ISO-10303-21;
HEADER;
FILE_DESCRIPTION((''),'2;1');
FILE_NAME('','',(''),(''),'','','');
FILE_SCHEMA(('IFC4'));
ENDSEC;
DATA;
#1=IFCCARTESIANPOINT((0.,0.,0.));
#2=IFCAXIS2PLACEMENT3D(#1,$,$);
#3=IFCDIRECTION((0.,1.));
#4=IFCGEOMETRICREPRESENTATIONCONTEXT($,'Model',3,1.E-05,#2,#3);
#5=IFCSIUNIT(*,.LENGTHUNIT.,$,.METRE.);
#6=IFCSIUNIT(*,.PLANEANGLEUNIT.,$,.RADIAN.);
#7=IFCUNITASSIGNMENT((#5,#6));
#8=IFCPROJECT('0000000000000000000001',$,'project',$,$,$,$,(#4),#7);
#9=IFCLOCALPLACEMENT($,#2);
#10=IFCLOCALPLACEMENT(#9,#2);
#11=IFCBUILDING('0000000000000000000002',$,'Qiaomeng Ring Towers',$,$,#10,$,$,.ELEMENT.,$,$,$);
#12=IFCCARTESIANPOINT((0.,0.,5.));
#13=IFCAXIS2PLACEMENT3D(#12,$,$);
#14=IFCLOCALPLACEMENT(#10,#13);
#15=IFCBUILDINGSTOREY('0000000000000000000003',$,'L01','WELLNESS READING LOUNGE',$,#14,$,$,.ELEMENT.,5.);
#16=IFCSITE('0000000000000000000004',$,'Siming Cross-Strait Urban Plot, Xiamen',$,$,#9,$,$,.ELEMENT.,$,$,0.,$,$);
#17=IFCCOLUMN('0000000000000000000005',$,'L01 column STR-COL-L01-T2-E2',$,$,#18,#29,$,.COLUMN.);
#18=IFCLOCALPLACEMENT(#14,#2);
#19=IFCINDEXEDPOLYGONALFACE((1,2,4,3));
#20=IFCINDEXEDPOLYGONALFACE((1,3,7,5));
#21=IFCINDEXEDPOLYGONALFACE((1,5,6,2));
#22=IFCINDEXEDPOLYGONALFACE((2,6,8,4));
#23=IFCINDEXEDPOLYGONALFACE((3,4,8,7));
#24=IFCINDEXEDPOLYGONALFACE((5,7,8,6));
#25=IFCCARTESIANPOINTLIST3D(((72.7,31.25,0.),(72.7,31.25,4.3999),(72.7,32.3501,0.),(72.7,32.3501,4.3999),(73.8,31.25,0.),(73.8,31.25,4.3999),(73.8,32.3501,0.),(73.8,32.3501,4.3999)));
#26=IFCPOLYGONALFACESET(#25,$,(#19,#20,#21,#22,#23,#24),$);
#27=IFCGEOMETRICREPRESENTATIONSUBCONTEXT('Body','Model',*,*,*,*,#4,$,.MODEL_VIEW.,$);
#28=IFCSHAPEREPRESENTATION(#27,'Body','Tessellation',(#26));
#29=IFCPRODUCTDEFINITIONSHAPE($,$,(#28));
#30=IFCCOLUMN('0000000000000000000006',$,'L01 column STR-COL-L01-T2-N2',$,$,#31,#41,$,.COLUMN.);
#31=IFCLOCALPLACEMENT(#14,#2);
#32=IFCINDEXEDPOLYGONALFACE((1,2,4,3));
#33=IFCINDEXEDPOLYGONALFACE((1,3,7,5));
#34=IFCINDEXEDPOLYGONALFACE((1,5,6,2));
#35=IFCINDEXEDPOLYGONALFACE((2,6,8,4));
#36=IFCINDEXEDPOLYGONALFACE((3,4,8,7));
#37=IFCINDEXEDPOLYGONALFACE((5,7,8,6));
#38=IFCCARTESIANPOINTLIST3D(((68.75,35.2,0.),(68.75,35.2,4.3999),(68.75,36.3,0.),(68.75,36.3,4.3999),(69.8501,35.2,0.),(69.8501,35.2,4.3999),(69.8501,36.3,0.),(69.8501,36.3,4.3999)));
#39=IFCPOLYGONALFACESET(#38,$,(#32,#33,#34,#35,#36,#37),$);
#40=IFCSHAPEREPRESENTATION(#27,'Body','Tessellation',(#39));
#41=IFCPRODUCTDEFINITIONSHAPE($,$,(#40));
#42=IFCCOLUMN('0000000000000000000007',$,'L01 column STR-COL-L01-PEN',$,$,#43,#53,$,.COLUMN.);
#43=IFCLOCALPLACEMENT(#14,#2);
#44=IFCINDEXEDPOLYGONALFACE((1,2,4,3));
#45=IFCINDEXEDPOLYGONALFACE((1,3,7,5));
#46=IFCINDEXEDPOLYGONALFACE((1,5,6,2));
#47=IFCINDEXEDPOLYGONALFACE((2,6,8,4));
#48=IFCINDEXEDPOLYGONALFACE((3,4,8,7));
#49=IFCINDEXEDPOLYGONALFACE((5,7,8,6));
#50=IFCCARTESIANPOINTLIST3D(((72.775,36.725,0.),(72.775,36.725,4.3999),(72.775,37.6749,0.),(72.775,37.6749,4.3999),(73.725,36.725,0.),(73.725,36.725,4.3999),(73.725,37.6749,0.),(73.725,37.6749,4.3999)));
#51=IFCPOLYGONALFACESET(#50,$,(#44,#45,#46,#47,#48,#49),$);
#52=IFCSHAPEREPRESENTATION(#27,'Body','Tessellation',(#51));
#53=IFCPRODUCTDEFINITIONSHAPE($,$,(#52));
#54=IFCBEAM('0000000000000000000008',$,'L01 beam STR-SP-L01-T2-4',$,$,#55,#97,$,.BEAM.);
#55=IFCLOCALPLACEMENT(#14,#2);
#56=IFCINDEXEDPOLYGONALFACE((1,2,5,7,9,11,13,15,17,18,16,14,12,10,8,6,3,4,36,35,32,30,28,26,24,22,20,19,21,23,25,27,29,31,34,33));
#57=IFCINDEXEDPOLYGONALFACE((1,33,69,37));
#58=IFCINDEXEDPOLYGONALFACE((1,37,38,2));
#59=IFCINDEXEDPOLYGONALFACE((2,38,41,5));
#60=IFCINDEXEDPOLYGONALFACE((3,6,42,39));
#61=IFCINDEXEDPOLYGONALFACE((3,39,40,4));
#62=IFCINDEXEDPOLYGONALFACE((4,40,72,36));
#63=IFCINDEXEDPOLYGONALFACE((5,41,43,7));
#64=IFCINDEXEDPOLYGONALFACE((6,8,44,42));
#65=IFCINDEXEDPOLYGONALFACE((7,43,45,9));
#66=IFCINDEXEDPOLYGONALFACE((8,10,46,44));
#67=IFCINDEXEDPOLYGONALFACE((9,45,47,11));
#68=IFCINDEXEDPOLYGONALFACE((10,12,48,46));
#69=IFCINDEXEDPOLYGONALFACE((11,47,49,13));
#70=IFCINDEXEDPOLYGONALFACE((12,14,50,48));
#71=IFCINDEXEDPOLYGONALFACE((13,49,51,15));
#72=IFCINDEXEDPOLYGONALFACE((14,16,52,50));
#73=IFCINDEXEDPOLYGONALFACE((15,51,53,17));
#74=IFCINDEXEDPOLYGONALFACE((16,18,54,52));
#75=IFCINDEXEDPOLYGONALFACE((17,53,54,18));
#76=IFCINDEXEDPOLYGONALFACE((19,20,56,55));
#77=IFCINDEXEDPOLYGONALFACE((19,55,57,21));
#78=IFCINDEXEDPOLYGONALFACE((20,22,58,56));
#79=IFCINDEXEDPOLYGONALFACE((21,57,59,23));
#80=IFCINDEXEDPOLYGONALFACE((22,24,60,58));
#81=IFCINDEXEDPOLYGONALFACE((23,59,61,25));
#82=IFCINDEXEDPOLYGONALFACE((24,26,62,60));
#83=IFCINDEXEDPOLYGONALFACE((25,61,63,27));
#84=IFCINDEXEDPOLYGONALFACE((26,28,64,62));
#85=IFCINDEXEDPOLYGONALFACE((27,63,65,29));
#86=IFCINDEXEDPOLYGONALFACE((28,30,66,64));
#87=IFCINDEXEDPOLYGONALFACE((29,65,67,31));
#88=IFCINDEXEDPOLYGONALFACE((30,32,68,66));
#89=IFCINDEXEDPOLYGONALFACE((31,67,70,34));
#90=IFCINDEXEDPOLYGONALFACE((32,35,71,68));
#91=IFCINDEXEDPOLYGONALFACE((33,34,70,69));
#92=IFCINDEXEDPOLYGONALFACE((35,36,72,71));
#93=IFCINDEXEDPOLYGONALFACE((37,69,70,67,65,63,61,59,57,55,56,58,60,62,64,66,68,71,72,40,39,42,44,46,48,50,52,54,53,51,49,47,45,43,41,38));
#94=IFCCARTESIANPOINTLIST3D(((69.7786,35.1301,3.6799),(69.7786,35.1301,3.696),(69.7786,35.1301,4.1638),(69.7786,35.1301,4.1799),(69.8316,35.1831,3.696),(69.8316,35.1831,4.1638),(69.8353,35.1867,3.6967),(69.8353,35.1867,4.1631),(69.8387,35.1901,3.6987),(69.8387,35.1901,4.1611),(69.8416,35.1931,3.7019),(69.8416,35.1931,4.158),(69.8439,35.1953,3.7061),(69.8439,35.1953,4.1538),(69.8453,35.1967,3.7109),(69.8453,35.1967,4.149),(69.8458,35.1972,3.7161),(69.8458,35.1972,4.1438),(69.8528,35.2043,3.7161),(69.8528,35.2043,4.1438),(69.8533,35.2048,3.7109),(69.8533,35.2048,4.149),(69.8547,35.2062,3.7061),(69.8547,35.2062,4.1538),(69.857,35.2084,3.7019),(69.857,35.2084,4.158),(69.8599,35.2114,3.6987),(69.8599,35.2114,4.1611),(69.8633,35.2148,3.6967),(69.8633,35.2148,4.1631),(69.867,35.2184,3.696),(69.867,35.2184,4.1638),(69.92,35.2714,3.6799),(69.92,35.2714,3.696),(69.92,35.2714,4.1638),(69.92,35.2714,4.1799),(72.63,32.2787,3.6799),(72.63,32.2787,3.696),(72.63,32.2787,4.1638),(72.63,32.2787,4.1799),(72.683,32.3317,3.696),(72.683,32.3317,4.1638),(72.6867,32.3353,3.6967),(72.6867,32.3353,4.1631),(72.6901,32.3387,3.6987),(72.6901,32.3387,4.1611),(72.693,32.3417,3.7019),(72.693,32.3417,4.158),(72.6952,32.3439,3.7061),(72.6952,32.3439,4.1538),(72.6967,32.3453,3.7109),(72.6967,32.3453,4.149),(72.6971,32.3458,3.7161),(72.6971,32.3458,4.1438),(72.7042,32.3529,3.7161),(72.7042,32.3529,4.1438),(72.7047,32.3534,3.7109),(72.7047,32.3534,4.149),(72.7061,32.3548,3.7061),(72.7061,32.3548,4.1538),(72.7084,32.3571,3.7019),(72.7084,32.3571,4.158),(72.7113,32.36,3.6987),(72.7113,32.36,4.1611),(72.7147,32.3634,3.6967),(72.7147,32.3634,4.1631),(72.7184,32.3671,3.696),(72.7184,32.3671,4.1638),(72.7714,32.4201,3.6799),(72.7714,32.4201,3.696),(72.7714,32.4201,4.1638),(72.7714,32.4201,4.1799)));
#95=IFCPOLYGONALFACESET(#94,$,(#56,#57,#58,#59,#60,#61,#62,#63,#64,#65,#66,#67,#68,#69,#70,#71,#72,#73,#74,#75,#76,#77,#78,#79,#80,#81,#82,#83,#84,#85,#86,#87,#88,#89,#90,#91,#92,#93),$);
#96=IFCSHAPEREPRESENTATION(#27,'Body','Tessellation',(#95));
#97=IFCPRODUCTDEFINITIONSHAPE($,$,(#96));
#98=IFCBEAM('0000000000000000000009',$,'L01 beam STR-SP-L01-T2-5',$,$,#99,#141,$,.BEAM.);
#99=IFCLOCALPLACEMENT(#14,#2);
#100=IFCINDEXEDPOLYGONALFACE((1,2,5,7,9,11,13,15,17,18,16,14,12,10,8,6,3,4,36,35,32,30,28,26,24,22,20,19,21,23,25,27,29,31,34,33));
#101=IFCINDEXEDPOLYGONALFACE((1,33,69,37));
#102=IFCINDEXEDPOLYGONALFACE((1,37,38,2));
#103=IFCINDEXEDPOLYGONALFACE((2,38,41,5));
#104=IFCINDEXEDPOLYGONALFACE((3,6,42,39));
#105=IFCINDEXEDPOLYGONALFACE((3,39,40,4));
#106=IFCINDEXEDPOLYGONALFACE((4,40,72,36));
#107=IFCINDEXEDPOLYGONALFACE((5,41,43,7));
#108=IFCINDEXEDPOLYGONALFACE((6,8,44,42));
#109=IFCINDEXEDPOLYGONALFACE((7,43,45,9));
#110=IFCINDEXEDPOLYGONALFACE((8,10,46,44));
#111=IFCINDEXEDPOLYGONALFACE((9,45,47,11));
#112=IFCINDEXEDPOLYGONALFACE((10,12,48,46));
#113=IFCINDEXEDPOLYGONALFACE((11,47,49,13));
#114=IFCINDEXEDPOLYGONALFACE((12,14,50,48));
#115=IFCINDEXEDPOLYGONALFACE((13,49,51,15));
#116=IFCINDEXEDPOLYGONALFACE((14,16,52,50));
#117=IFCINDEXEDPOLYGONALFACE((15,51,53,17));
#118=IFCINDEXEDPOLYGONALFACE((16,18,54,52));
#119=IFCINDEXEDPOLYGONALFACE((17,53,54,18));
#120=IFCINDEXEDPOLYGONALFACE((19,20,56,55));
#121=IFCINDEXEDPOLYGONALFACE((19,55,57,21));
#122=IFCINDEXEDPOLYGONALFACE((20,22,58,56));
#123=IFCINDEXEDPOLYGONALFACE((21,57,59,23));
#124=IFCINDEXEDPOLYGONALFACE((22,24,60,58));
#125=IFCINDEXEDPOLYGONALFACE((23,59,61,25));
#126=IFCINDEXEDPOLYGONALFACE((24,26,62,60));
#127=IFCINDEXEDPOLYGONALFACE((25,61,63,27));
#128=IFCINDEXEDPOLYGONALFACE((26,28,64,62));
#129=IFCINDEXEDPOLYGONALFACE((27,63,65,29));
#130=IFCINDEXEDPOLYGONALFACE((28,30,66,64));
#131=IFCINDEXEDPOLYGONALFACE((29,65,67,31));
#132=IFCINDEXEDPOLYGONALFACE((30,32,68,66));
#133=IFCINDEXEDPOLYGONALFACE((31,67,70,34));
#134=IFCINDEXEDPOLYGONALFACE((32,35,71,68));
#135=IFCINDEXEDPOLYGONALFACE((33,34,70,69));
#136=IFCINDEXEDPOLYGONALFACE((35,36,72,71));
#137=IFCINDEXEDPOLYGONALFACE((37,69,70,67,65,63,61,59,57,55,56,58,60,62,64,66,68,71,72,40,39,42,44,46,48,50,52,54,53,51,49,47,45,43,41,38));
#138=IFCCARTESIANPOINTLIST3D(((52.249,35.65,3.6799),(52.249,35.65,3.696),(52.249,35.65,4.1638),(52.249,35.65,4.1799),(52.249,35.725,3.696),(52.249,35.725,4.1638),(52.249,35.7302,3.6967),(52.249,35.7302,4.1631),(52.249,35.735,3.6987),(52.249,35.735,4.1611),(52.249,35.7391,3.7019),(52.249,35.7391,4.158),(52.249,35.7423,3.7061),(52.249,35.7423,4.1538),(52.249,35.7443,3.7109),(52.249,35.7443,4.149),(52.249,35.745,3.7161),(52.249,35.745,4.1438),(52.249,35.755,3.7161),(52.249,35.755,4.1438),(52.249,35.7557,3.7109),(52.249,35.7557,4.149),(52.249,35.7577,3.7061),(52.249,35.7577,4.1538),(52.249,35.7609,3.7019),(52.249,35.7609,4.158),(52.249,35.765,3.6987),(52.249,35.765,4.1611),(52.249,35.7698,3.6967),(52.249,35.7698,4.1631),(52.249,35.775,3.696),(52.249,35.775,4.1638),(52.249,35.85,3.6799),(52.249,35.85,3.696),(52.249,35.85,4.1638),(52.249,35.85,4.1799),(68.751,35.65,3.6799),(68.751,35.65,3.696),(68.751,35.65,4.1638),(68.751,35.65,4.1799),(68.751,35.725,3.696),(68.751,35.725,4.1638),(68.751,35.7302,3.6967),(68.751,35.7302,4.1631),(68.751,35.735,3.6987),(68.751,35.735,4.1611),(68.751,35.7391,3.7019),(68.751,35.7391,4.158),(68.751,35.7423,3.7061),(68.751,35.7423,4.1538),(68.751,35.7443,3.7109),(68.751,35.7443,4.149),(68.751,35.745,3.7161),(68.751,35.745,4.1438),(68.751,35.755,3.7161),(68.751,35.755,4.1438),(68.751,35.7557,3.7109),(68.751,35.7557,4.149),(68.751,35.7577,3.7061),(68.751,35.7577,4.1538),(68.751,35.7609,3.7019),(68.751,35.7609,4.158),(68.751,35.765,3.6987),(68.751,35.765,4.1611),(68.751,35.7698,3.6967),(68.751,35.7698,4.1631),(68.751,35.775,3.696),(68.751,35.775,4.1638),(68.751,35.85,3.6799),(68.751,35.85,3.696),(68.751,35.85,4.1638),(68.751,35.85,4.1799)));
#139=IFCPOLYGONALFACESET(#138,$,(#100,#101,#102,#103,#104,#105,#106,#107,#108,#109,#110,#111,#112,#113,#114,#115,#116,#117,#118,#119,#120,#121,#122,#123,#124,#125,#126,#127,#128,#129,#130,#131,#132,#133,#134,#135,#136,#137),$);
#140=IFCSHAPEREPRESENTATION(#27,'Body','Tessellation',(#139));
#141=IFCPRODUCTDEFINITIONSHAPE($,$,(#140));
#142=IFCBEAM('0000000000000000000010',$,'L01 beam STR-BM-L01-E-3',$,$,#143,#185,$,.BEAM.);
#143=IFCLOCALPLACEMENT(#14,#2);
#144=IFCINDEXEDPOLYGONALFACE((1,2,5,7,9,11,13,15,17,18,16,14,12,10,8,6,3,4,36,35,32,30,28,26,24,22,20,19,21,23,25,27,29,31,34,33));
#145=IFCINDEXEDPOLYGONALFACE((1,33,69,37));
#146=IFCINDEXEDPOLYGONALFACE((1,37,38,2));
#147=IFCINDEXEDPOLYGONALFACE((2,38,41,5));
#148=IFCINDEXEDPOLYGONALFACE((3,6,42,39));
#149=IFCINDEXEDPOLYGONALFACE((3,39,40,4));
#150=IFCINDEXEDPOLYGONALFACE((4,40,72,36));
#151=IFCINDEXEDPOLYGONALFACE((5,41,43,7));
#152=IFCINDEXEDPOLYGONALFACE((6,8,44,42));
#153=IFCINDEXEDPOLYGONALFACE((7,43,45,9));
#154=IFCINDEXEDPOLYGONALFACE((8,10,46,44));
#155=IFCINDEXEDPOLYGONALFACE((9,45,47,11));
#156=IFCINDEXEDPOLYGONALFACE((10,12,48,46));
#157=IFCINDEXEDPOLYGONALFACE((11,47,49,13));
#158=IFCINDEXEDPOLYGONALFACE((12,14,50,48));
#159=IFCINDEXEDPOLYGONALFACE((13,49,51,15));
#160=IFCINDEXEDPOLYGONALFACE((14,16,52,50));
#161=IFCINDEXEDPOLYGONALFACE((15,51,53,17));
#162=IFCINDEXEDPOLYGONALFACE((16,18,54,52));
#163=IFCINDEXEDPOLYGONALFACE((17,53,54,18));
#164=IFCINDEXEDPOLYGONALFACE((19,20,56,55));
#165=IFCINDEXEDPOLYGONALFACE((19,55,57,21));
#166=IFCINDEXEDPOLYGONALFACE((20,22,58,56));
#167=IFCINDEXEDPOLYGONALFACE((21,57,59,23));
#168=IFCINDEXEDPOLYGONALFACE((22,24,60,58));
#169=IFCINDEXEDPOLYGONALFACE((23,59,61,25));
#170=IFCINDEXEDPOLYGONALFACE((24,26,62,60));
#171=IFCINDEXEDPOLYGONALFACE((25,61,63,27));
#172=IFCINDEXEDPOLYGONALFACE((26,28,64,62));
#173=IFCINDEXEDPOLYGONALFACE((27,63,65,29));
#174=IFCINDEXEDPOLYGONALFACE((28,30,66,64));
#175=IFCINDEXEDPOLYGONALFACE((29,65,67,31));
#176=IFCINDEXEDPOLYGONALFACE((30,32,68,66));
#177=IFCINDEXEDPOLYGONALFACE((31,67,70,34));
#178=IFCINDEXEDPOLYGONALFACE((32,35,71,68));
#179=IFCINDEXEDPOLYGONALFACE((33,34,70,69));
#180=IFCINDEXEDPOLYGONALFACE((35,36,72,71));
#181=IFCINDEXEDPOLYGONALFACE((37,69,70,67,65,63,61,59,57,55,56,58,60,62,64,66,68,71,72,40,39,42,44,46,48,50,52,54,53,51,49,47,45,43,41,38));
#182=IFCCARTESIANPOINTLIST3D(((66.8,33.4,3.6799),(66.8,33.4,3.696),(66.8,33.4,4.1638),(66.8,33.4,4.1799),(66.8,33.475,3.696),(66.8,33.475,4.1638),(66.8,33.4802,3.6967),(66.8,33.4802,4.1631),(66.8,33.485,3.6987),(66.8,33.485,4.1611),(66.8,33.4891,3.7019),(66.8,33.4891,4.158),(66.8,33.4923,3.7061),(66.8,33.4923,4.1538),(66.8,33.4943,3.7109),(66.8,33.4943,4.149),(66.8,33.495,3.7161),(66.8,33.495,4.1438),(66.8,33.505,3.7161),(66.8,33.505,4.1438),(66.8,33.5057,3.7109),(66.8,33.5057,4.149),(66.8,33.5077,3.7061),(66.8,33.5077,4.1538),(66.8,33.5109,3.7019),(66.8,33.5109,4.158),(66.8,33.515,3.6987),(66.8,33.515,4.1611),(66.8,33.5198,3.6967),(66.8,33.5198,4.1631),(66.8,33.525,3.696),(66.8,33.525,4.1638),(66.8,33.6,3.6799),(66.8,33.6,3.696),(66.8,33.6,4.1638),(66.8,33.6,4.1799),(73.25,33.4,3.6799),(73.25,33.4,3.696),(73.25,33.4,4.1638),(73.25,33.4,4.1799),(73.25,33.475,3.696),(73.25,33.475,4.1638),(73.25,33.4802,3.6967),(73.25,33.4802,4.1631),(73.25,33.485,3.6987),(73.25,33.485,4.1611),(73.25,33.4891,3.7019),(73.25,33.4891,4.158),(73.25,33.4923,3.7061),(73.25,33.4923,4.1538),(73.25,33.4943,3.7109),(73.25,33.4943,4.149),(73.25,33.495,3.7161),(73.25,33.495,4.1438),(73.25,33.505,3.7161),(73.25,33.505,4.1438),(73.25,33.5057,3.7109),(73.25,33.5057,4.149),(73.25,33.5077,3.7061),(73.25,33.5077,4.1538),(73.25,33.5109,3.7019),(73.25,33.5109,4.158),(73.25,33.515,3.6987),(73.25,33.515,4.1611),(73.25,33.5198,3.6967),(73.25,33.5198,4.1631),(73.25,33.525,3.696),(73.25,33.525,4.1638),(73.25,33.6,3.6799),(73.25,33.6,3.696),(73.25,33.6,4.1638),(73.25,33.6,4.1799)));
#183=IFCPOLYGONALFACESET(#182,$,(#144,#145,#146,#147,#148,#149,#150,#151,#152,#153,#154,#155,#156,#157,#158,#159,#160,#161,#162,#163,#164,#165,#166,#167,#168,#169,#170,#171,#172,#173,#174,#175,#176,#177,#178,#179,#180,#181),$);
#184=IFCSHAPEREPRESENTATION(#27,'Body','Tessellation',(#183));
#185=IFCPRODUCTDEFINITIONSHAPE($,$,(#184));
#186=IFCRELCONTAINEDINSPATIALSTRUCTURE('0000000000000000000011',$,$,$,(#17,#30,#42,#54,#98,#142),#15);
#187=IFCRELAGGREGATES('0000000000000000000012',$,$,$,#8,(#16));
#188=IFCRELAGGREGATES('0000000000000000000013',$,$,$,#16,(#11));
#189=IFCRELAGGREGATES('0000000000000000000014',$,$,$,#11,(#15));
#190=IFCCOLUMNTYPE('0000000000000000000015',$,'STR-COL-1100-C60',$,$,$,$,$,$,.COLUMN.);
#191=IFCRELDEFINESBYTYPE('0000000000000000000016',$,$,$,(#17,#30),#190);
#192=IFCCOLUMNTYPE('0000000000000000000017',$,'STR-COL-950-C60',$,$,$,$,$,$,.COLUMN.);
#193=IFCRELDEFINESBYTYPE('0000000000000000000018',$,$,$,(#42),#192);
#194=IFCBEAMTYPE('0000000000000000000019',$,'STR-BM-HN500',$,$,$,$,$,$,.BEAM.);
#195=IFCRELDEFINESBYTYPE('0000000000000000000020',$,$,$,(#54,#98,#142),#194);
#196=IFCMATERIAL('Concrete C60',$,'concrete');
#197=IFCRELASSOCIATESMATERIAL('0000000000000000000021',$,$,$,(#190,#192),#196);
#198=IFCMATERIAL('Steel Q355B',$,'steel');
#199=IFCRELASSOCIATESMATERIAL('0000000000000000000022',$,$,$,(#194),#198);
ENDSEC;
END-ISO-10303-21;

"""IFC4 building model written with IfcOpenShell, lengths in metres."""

from ifc_helpers import new_model, si_unit, direction, frame, origin, origin_2d, place, context, subcontext, project, spatial, rectangle, i_section, extrude, source, transform, mapped, material, material_profile, profile_set, type_object, element, save


model = new_model("IFC4")

# Units and contexts
model_context = context("Model", 3, precision=1e-05, world=origin(), true_north=direction((0.0, 1.0)))
body_context = subcontext(model_context, "Body", "Model", "MODEL_VIEW")
ifc_project = project(units=[si_unit("LENGTHUNIT", "METRE"), si_unit("PLANEANGLEUNIT", "RADIAN")], contexts=[model_context])

# Site, building, storey
site_placement = place(None, origin())
site = spatial("IfcSite", under=ifc_project, at=site_placement, Name="Siming Cross-Strait Urban Plot, Xiamen", CompositionType="ELEMENT", RefElevation=0.0)
building_placement = place(site_placement, origin())
building = spatial("IfcBuilding", under=site, at=building_placement, Name="Qiaomeng Ring Towers", CompositionType="ELEMENT")
storey_placement = place(building_placement, frame((0.0, 0.0, 5.0)))
storey = spatial("IfcBuildingStorey", under=building, at=storey_placement, Name="L01", Description="WELLNESS READING LOUNGE", CompositionType="ELEMENT", Elevation=5.0)

# Columns
ifc_material_1 = material(Name="Concrete C60", Category="concrete")
ifc_material_profile_1 = material_profile(ifc_material_1, rectangle(XDim=1.1001, YDim=1.1001, at=origin_2d()), Name="RC COL 1100x1100")
ifc_profile_set_1 = profile_set([ifc_material_profile_1], Name="Concrete C60")
column_type_1 = type_object("IfcColumnType", Name="STR-COL-1100-C60", PredefinedType="COLUMN", material=ifc_profile_set_1)
shared_shape_1 = source(origin(), body_context, "Body", "SweptSolid", [
    extrude(rectangle(XDim=1.1001, YDim=1.1001, at=origin_2d()), origin(), (0.0, 0.0, 1.0), 4.3999),
])
for number, where, z_axis, x_axis, name in (
    (1, (73.25, 31.8, 0.0), (0.0, 0.0, 1.0), (1.0, 0.0, 0.0), "L01 column STR-COL-L01-T2-E2"),
    (2, (69.3, 35.75, 0.0), (0.0, 0.0, 1.0), (1.0, 0.0, 0.0), "L01 column STR-COL-L01-T2-N2"),
):
    element("IfcColumn", number, at=place(storey_placement, frame(where, z_axis=z_axis, x_axis=x_axis)), inside=storey, type_object=column_type_1, Name=name, PredefinedType="COLUMN", context=body_context, shape_type="MappedRepresentation", body=[
        mapped(shared_shape_1, transform((0.0, 0.0, 0.0), x_axis=(1.0, 0.0, 0.0), y_axis=(0.0, 1.0, 0.0), z_axis=(0.0, 0.0, 1.0), scale=1.0)),
    ])
ifc_material_profile_2 = material_profile(ifc_material_1, rectangle(XDim=0.95, YDim=0.95, at=origin_2d()), Name="RC COL 950x950")
ifc_profile_set_2 = profile_set([ifc_material_profile_2], Name="Concrete C60")
column_type_2 = type_object("IfcColumnType", Name="STR-COL-950-C60", PredefinedType="COLUMN", material=ifc_profile_set_2)
shared_shape_2 = source(origin(), body_context, "Body", "SweptSolid", [
    extrude(rectangle(XDim=0.95, YDim=0.95, at=origin_2d()), origin(), (0.0, 0.0, 1.0), 4.3999),
])
column_placement = place(storey_placement, frame((73.25, 37.2, 0.0), z_axis=(0.0, 0.0, 1.0), x_axis=(1.0, 0.0, 0.0)))
element("IfcColumn", 3, at=column_placement, inside=storey, type_object=column_type_2, Name="L01 column STR-COL-L01-PEN", PredefinedType="COLUMN", context=body_context, shape_type="MappedRepresentation", body=[
    mapped(shared_shape_2, transform((0.0, 0.0, 0.0), x_axis=(1.0, 0.0, 0.0), y_axis=(0.0, 1.0, 0.0), z_axis=(0.0, 0.0, 1.0), scale=1.0)),
])

# Beams
ifc_material_2 = material(Name="Steel Q355B", Category="steel")
ifc_material_profile_3 = material_profile(ifc_material_2, i_section(OverallWidth=0.2, OverallDepth=0.5, WebThickness=0.01, FlangeThickness=0.0161, FilletRadius=0.02, at=origin_2d()), Name="HN 500x200x10x16")
ifc_profile_set_3 = profile_set([ifc_material_profile_3], Name="Steel Q355B")
beam_type = type_object("IfcBeamType", Name="STR-BM-HN500", PredefinedType="BEAM", material=ifc_profile_set_3)
shared_shape_3 = source(origin(), body_context, "Body", "SweptSolid", [
    extrude(i_section(OverallWidth=0.2, OverallDepth=0.5, WebThickness=0.01, FlangeThickness=0.0161, FilletRadius=0.02, at=origin_2d()), origin(), (0.0, 0.0, 1.0), 4.0325),
])
beam_1_placement = place(storey_placement, frame((72.7007, 32.3494, 3.9299), z_axis=(-0.707107, 0.707107, 0.0), x_axis=(-0.707107, -0.707107, 0.0)))
element("IfcBeam", 4, at=beam_1_placement, inside=storey, type_object=beam_type, Name="L01 beam STR-SP-L01-T2-4", PredefinedType="BEAM", context=body_context, shape_type="MappedRepresentation", body=[
    mapped(shared_shape_3, transform((0.0, 0.0, 0.0), x_axis=(1.0, 0.0, 0.0), y_axis=(0.0, 1.0, 0.0), z_axis=(0.0, 0.0, 1.0), scale=1.0)),
])
shared_shape_4 = source(origin(), body_context, "Body", "SweptSolid", [
    extrude(i_section(OverallWidth=0.2, OverallDepth=0.5, WebThickness=0.01, FlangeThickness=0.0161, FilletRadius=0.02, at=origin_2d()), origin(), (0.0, 0.0, 1.0), 16.502),
])
beam_2_placement = place(storey_placement, frame((68.751, 35.75, 3.9299), z_axis=(-1.0, 0.0, 0.0), x_axis=(0.0, -1.0, 0.0)))
element("IfcBeam", 5, at=beam_2_placement, inside=storey, type_object=beam_type, Name="L01 beam STR-SP-L01-T2-5", PredefinedType="BEAM", context=body_context, shape_type="MappedRepresentation", body=[
    mapped(shared_shape_4, transform((0.0, 0.0, 0.0), x_axis=(1.0, 0.0, 0.0), y_axis=(0.0, 1.0, 0.0), z_axis=(0.0, 0.0, 1.0), scale=1.0)),
])
shared_shape_5 = source(origin(), body_context, "Body", "SweptSolid", [
    extrude(i_section(OverallWidth=0.2, OverallDepth=0.5, WebThickness=0.01, FlangeThickness=0.0161, FilletRadius=0.02, at=origin_2d()), origin(), (0.0, 0.0, 1.0), 6.45),
])
beam_3_placement = place(storey_placement, frame((66.8, 33.5, 3.9299), z_axis=(1.0, 0.0, 0.0), x_axis=(0.0, 1.0, 0.0)))
element("IfcBeam", 6, at=beam_3_placement, inside=storey, type_object=beam_type, Name="L01 beam STR-BM-L01-E-3", PredefinedType="BEAM", context=body_context, shape_type="MappedRepresentation", body=[
    mapped(shared_shape_5, transform((0.0, 0.0, 0.0), x_axis=(1.0, 0.0, 0.0), y_axis=(0.0, 1.0, 0.0), z_axis=(0.0, 0.0, 1.0), scale=1.0)),
])

save(model, "model.ifc")
